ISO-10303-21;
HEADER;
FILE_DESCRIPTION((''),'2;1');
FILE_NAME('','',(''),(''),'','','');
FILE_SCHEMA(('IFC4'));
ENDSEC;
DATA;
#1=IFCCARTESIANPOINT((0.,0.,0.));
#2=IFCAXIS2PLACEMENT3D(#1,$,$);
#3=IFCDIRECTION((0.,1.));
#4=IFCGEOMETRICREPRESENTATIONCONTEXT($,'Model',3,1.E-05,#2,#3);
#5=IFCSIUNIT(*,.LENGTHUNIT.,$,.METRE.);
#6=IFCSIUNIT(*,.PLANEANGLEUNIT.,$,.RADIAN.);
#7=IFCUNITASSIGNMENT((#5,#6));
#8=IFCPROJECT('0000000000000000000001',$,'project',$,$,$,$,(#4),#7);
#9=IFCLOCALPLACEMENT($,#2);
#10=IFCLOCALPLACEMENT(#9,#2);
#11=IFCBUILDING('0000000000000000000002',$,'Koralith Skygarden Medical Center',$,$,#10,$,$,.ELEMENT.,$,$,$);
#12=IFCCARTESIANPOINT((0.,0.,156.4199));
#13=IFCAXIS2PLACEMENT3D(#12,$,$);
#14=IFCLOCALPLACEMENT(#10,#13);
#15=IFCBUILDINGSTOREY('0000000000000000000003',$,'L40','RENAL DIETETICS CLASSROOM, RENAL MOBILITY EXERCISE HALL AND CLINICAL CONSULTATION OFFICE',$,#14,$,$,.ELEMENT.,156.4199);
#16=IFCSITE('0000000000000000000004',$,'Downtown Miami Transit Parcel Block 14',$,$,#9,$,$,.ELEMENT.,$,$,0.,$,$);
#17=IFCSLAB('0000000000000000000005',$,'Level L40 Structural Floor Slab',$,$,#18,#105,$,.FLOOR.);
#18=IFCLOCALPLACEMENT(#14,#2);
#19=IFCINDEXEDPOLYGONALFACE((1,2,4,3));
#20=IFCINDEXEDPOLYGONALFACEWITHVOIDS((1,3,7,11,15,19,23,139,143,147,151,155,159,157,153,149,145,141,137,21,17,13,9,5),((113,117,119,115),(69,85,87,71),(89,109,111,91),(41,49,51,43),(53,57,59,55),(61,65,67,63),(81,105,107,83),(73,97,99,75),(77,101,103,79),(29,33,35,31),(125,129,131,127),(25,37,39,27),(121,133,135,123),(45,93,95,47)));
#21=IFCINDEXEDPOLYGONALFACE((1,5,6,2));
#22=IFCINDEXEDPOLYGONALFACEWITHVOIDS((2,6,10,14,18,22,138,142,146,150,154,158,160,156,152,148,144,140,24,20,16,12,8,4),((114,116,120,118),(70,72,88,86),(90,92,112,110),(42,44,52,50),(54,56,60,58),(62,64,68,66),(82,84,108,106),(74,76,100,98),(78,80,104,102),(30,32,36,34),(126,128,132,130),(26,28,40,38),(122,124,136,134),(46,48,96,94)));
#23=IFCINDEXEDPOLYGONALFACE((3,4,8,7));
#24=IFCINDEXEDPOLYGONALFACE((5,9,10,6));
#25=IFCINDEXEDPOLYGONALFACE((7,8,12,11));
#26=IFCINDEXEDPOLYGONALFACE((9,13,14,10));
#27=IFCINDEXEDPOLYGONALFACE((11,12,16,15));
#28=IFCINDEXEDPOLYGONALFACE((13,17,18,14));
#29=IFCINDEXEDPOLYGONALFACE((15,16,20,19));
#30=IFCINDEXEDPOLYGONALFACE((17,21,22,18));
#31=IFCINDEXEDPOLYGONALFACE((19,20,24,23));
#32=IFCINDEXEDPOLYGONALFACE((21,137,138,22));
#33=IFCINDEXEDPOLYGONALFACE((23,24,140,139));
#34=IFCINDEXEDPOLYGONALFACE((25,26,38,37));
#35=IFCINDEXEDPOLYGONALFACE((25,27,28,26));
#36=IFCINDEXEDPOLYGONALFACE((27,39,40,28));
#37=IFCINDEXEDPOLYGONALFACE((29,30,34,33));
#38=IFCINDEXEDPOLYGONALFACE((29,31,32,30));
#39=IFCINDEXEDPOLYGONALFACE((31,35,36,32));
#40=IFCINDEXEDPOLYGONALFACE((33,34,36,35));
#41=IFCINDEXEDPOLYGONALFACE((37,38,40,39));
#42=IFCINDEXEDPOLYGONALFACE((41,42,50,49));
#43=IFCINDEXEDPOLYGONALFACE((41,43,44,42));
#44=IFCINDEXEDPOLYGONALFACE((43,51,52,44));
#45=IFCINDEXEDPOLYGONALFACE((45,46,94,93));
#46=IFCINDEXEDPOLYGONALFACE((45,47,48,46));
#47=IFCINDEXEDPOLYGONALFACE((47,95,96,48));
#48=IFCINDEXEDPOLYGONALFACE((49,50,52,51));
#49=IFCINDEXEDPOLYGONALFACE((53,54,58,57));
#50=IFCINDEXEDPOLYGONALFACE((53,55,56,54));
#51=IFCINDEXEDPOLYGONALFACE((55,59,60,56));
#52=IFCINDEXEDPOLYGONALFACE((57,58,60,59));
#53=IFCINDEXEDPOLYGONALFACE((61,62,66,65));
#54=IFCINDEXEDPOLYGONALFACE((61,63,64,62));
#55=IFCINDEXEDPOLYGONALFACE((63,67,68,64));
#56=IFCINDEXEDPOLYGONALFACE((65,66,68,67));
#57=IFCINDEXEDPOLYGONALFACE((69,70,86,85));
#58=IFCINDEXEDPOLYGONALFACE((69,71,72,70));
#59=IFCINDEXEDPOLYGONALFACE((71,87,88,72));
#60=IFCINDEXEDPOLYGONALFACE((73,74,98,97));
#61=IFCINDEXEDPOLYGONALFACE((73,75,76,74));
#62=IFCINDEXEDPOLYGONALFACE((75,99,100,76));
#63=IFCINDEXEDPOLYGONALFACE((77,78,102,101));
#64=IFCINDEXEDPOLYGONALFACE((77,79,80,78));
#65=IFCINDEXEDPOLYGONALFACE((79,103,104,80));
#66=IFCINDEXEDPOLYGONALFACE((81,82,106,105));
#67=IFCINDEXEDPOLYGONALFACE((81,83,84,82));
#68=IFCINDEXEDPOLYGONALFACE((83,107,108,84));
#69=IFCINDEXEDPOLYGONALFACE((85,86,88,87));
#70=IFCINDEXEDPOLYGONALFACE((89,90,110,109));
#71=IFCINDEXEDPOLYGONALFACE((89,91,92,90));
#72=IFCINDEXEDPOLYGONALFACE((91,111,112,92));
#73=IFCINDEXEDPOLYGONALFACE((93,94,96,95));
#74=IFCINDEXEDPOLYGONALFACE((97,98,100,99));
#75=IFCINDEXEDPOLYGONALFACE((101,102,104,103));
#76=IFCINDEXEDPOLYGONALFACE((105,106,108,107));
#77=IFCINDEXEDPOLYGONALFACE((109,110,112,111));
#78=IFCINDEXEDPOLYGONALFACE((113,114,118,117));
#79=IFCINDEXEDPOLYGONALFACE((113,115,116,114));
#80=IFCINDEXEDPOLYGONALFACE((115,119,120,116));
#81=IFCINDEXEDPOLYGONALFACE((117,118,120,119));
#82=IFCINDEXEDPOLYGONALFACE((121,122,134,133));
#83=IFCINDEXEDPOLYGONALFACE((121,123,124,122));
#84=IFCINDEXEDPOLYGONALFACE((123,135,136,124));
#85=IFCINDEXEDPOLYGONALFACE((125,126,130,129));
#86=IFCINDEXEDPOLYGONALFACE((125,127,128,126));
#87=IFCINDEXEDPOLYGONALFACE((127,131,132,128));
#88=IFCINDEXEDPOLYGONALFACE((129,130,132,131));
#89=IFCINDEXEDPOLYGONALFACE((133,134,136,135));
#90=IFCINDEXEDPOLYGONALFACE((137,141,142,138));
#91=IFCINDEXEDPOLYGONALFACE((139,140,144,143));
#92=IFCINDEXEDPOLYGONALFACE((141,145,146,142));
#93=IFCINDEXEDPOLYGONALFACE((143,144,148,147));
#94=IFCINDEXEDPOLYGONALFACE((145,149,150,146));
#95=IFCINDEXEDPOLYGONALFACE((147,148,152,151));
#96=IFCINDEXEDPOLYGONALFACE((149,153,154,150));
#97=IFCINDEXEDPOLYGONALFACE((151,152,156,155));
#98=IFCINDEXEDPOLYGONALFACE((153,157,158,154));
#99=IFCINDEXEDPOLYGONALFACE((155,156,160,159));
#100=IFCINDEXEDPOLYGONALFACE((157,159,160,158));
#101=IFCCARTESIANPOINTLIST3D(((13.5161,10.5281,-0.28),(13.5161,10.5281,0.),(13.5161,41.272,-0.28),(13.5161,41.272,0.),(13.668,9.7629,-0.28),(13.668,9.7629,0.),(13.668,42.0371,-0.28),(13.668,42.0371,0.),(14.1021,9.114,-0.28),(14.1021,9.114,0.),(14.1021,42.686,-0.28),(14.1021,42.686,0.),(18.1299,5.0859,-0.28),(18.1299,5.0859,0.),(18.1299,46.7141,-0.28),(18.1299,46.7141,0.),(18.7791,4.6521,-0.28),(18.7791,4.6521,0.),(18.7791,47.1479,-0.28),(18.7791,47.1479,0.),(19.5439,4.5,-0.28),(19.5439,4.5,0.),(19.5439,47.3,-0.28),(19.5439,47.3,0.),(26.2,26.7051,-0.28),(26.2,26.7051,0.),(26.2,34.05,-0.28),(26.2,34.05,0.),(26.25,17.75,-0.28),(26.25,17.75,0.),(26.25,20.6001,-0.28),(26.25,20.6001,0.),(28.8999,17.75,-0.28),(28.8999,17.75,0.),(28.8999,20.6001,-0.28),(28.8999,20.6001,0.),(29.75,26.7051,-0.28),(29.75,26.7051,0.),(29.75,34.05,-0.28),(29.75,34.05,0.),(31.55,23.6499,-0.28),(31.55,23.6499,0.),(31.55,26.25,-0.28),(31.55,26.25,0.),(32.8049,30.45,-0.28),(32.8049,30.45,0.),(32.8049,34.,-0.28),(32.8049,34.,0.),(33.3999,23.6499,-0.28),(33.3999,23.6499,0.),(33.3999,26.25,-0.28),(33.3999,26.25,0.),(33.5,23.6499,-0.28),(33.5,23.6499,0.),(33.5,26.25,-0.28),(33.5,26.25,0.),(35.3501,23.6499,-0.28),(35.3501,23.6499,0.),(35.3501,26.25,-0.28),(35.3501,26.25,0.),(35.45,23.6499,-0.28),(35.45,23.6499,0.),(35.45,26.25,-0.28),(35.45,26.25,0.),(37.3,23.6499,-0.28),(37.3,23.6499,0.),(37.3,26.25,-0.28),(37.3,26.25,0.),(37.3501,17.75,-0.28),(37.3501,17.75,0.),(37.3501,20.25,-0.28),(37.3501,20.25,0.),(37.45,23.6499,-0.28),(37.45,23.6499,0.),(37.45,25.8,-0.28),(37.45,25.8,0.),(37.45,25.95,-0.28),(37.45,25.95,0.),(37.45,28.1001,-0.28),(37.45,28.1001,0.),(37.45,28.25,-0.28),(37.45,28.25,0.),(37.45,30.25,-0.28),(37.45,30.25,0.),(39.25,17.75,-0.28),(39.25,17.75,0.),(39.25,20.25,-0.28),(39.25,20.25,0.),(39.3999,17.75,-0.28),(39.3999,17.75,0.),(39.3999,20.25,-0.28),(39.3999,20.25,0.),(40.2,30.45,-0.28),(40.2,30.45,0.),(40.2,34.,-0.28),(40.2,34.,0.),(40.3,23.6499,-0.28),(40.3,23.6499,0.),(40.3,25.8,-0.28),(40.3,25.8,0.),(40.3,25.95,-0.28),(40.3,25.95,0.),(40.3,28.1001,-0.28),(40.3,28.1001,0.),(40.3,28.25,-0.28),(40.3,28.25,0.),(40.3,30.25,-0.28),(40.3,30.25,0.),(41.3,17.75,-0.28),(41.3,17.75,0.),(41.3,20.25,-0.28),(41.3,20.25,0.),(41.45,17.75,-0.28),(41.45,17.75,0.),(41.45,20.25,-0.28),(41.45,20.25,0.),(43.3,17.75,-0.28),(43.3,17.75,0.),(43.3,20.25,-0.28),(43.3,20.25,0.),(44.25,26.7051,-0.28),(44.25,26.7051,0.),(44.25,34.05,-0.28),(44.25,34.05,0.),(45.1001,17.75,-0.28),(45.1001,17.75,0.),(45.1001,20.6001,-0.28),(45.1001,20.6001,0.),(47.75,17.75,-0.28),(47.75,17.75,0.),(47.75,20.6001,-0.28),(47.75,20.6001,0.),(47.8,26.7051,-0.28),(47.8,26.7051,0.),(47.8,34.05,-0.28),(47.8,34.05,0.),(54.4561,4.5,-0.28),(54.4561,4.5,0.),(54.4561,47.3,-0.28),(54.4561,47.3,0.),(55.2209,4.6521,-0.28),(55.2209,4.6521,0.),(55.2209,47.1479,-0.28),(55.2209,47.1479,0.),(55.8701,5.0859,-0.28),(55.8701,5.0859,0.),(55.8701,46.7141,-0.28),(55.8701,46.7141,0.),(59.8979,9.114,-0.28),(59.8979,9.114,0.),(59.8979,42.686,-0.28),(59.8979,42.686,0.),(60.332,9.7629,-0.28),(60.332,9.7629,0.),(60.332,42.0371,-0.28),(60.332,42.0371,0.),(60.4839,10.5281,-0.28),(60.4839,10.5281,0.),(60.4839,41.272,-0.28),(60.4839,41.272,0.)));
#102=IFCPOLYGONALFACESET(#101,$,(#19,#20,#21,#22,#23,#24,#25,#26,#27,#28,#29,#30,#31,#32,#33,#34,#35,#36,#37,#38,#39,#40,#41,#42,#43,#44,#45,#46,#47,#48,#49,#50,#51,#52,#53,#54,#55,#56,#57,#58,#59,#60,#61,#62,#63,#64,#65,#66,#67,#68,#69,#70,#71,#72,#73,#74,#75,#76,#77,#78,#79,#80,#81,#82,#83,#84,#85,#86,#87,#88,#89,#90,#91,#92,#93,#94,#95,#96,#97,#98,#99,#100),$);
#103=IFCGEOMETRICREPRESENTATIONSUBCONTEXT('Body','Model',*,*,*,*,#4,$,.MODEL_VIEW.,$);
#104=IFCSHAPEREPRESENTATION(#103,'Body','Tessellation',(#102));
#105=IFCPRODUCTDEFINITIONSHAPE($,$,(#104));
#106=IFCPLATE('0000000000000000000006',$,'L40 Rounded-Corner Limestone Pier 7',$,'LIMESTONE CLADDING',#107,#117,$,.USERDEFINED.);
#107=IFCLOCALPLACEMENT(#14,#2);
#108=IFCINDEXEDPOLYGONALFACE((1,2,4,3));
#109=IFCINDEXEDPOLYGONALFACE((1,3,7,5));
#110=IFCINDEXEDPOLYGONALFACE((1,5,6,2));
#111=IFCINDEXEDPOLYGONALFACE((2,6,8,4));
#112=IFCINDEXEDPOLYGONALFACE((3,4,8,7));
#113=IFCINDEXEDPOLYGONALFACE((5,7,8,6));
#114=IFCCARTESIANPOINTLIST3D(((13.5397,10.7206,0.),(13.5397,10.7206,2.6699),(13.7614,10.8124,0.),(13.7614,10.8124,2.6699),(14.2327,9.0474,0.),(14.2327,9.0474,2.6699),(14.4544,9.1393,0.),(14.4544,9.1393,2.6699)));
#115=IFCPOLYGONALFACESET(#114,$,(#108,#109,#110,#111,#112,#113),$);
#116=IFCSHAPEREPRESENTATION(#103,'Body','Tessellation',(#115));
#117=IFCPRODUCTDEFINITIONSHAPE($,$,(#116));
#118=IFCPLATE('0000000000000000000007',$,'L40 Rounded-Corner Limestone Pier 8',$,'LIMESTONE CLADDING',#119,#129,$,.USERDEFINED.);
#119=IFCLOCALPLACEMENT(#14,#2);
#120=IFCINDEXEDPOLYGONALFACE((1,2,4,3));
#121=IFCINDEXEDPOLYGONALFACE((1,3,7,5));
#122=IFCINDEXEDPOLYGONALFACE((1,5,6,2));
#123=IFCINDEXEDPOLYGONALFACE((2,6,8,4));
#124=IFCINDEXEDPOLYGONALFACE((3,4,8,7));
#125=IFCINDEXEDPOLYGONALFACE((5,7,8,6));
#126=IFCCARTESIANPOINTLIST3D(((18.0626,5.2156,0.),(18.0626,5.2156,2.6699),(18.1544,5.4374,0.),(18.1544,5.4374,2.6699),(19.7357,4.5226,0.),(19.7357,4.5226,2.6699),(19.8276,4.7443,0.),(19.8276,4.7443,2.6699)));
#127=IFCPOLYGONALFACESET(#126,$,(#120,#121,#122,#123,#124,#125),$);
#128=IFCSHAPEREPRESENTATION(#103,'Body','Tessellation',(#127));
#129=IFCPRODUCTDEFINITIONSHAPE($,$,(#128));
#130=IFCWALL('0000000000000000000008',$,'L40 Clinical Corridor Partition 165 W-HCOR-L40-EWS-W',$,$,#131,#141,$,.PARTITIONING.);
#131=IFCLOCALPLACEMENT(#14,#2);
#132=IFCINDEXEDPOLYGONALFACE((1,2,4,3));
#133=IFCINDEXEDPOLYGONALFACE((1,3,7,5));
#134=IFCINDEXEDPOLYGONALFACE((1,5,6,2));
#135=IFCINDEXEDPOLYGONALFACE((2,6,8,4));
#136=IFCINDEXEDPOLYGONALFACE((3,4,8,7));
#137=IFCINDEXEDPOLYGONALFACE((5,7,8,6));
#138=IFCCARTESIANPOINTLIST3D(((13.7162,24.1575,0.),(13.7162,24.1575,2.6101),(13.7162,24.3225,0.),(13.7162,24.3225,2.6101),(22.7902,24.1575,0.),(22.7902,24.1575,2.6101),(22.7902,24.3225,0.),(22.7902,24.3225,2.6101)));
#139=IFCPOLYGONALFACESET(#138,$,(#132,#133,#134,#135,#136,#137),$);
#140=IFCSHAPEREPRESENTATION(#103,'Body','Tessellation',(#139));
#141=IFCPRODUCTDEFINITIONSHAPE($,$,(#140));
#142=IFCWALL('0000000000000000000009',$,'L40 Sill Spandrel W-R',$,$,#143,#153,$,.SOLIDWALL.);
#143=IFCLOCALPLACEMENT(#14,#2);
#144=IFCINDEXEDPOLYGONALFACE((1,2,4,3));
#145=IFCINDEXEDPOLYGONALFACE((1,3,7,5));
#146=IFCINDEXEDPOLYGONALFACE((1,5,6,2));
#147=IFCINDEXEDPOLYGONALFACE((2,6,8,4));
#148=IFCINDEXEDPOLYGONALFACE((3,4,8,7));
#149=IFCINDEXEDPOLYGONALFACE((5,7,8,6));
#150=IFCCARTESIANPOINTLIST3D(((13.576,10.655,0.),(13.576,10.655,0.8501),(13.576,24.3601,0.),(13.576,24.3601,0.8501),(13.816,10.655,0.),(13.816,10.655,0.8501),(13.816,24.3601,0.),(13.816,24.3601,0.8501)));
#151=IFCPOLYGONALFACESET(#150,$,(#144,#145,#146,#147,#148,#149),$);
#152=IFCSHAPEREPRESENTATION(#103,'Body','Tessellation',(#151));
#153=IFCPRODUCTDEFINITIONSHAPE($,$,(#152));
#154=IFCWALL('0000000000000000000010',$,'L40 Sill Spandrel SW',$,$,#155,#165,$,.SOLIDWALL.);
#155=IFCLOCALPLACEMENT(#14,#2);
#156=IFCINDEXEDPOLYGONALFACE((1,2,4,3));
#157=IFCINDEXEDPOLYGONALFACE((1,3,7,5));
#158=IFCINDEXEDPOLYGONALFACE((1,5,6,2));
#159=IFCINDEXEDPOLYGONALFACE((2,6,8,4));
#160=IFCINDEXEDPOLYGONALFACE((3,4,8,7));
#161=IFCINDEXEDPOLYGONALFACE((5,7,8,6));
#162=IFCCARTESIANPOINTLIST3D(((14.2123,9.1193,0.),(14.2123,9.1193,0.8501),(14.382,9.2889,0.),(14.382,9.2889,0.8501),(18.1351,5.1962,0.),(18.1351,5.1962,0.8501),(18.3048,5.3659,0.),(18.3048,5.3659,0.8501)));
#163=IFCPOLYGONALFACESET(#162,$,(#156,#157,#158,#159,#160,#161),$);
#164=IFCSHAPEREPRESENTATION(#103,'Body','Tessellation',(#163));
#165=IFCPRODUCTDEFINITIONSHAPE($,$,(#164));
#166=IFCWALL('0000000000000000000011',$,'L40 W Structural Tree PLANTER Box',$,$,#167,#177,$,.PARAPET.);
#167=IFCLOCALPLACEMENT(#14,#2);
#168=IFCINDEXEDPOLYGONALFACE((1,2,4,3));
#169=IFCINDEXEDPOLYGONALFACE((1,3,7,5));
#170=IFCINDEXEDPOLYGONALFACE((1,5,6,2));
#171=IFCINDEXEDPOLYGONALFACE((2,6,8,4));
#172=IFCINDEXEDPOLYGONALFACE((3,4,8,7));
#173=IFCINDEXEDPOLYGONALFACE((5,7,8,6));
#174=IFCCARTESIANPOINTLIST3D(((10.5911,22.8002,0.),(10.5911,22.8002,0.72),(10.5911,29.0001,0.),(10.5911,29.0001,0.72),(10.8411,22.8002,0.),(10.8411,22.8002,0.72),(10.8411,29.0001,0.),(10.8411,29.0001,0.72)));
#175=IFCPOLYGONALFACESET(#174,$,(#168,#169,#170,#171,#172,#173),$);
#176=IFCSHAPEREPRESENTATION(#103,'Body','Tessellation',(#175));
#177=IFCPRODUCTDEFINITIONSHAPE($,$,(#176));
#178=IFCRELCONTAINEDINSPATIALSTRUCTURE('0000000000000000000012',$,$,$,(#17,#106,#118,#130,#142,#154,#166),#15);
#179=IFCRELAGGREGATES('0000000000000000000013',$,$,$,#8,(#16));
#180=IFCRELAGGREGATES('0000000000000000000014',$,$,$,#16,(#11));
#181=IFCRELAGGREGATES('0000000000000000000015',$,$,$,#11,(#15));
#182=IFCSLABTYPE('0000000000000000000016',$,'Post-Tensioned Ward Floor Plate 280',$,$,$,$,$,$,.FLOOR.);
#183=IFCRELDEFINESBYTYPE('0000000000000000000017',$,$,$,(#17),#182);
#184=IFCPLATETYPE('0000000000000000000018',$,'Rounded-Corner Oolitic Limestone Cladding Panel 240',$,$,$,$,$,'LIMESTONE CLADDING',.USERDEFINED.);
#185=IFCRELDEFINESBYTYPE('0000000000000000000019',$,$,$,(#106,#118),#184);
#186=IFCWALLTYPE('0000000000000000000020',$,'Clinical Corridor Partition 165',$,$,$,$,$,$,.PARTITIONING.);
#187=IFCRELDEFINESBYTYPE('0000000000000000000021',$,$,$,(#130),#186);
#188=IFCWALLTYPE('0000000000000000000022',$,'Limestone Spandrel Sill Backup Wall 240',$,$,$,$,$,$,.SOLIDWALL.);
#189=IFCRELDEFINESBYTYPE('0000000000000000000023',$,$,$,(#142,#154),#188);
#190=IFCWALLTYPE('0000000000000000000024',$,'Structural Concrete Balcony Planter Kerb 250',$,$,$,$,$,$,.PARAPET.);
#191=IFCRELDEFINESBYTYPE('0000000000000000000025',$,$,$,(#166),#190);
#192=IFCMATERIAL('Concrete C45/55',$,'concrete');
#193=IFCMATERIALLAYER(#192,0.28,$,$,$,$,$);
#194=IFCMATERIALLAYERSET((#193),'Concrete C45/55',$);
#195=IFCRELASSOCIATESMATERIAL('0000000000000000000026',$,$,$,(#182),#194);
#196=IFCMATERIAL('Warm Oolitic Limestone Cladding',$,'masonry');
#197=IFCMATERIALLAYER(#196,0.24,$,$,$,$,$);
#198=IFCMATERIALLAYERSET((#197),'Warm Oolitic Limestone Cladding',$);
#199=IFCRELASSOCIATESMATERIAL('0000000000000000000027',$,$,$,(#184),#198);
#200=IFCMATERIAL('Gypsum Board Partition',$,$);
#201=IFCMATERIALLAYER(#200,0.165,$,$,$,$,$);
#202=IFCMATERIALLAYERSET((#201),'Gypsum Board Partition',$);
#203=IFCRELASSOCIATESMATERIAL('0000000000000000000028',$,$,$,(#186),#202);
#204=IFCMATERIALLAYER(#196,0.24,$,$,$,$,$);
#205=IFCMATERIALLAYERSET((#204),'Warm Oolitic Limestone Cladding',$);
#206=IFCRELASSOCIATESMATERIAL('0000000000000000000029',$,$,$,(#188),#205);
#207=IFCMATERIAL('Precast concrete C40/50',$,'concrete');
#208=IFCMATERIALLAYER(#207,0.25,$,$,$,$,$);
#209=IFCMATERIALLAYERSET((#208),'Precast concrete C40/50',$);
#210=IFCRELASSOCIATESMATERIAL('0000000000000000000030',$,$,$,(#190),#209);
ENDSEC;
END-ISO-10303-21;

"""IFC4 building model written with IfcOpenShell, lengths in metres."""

from ifc_helpers import new_model, si_unit, direction, frame, frame_2d, origin, origin_2d, place, context, subcontext, project, spatial, polyline, rectangle, outline, extrude, material, layer, layer_set, type_object, element, save


model = new_model("IFC4")

# Units and contexts
model_context = context("Model", 3, precision=1e-05, world=origin(), true_north=direction((0.0, 1.0)))
body_context = subcontext(model_context, "Body", "Model", "MODEL_VIEW")
ifc_project = project(units=[si_unit("LENGTHUNIT", "METRE"), si_unit("PLANEANGLEUNIT", "RADIAN")], contexts=[model_context])

# Site, building, storey
site_placement = place(None, origin())
site = spatial("IfcSite", under=ifc_project, at=site_placement, Name="Downtown Miami Transit Parcel Block 14", CompositionType="ELEMENT", RefElevation=0.0)
building_placement = place(site_placement, origin())
building = spatial("IfcBuilding", under=site, at=building_placement, Name="Koralith Skygarden Medical Center", CompositionType="ELEMENT")
storey_placement = place(building_placement, frame((0.0, 0.0, 156.4199)))
storey = spatial("IfcBuildingStorey", under=building, at=storey_placement, Name="L40", Description="RENAL DIETETICS CLASSROOM, RENAL MOBILITY EXERCISE HALL AND CLINICAL CONSULTATION OFFICE", CompositionType="ELEMENT", Elevation=156.4199)

# Shared definitions
ifc_material_1 = material(Name="Concrete C45/55", Category="concrete")

# Slab
ifc_layer_1 = layer(ifc_material_1, 0.28)
ifc_layer_set_1 = layer_set([ifc_layer_1], Name="Concrete C45/55")
slab_type_1 = type_object("IfcSlabType", Name="Post-Tensioned Ward Floor Plate 280", PredefinedType="FLOOR", material=ifc_layer_set_1)
slab_1_placement = place(storey_placement, frame((0.0, 0.0, -0.28)))
element("IfcSlab", 1, at=slab_1_placement, inside=storey, type_object=slab_type_1, Name="Level L40 Structural Floor Slab", PredefinedType="FLOOR", context=body_context, shape_type="SweptSolid", body=[
    extrude(outline(polyline([(18.1299, 5.0859), (18.7791, 4.6521), (19.5439, 4.5), (54.4561, 4.5), (55.2209, 4.6521), (55.8701, 5.0859), (59.8979, 9.114), (60.332, 9.7629), (60.4839, 10.5281), (60.4839, 41.272), (60.332, 42.0371), (59.8979, 42.686), (55.8701, 46.7141), (55.2209, 47.1479), (54.4561, 47.3), (19.5439, 47.3), (18.7791, 47.1479), (18.1299, 46.7141), (14.1021, 42.686), (13.668, 42.0371), (13.5161, 41.272), (13.5161, 10.5281), (13.668, 9.7629), (14.1021, 9.114), (18.1299, 5.0859)]), holes=[polyline([(26.2, 26.7051), (29.75, 26.7051), (29.75, 34.05), (26.2, 34.05), (26.2, 26.7051)]), polyline([(44.25, 26.7051), (47.8, 26.7051), (47.8, 34.05), (44.25, 34.05), (44.25, 26.7051)]), polyline([(32.8049, 30.45), (40.2, 30.45), (40.2, 34.0), (32.8049, 34.0), (32.8049, 30.45)]), polyline([(26.25, 17.75), (28.8999, 17.75), (28.8999, 20.6001), (26.25, 20.6001), (26.25, 17.75)]), polyline([(45.1001, 17.75), (47.75, 17.75), (47.75, 20.6001), (45.1001, 20.6001), (45.1001, 17.75)]), polyline([(37.3501, 17.75), (39.25, 17.75), (39.25, 20.25), (37.3501, 20.25), (37.3501, 17.75)]), polyline([(39.3999, 17.75), (41.3, 17.75), (41.3, 20.25), (39.3999, 20.25), (39.3999, 17.75)]), polyline([(41.45, 17.75), (43.3, 17.75), (43.3, 20.25), (41.45, 20.25), (41.45, 17.75)]), polyline([(31.55, 23.6499), (33.3999, 23.6499), (33.3999, 26.25), (31.55, 26.25), (31.55, 23.6499)]), polyline([(33.5, 23.6499), (35.3501, 23.6499), (35.3501, 26.25), (33.5, 26.25), (33.5, 23.6499)]), polyline([(35.45, 23.6499), (37.3, 23.6499), (37.3, 26.25), (35.45, 26.25), (35.45, 23.6499)]), polyline([(37.45, 23.6499), (40.3, 23.6499), (40.3, 25.8), (37.45, 25.8), (37.45, 23.6499)]), polyline([(37.45, 25.95), (40.3, 25.95), (40.3, 28.1001), (37.45, 28.1001), (37.45, 25.95)]), polyline([(37.45, 28.25), (40.3, 28.25), (40.3, 30.25), (37.45, 30.25), (37.45, 28.25)])]), origin(), (0.0, 0.0, 1.0), 0.28),
])

# Plates
ifc_material_2 = material(Name="Warm Oolitic Limestone Cladding", Category="masonry")
ifc_layer_2 = layer(ifc_material_2, 0.24)
ifc_layer_set_2 = layer_set([ifc_layer_2], Name="Warm Oolitic Limestone Cladding")
plate_type_1 = type_object("IfcPlateType", Name="Rounded-Corner Oolitic Limestone Cladding Panel 240", ElementType="LIMESTONE CLADDING", PredefinedType="USERDEFINED", material=ifc_layer_set_2)
for number, where, z_axis, x_axis, name in (
    (2, (13.9971, 9.9299, 0.0), (0.0, 0.0, 1.0), (0.382671, -0.923885, 0.0), "L40 Rounded-Corner Limestone Pier 7"),
    (3, (18.9451, 4.98, 0.0), (0.0, 0.0, 1.0), (0.923885, -0.382671, 0.0), "L40 Rounded-Corner Limestone Pier 8"),
):
    element("IfcPlate", number, at=place(storey_placement, frame(where, z_axis=z_axis, x_axis=x_axis)), inside=storey, type_object=plate_type_1, Name=name, ObjectType="LIMESTONE CLADDING", PredefinedType="USERDEFINED", context=body_context, shape_type="SweptSolid", body=[
        extrude(rectangle(XDim=1.811, YDim=0.24, at=origin_2d()), origin(), (0.0, 0.0, 1.0), 2.6699),
    ])

# Walls
ifc_material_3 = material(Name="Gypsum Board Partition")
ifc_layer_3 = layer(ifc_material_3, 0.165)
ifc_layer_set_3 = layer_set([ifc_layer_3], Name="Gypsum Board Partition")
wall_type_1 = type_object("IfcWallType", Name="Clinical Corridor Partition 165", PredefinedType="PARTITIONING", material=ifc_layer_set_3)
wall_1_placement = place(storey_placement, frame((13.7161, 24.24, 0.0), z_axis=(0.0, 0.0, 1.0), x_axis=(1.0, 0.0, 0.0)))
element("IfcWall", 4, at=wall_1_placement, inside=storey, type_object=wall_type_1, Name="L40 Clinical Corridor Partition 165 W-HCOR-L40-EWS-W", PredefinedType="PARTITIONING", context=body_context, shape_type="SweptSolid", body=[
    extrude(rectangle(XDim=9.074, YDim=0.165, at=frame_2d((4.5371, 0.0))), origin(), (0.0, 0.0, 1.0), 2.6101),
])
ifc_layer_4 = layer(ifc_material_2, 0.24)
ifc_layer_set_4 = layer_set([ifc_layer_4], Name="Warm Oolitic Limestone Cladding")
wall_type_2 = type_object("IfcWallType", Name="Limestone Spandrel Sill Backup Wall 240", PredefinedType="SOLIDWALL", material=ifc_layer_set_4)
wall_2_placement = place(storey_placement, frame((13.696, 24.3601, 0.0), z_axis=(0.0, 0.0, 1.0), x_axis=(0.0, -1.0, 0.0)))
element("IfcWall", 5, at=wall_2_placement, inside=storey, type_object=wall_type_2, Name="L40 Sill Spandrel W-R", PredefinedType="SOLIDWALL", context=body_context, shape_type="SweptSolid", body=[
    extrude(rectangle(XDim=13.7051, YDim=0.24, at=frame_2d((6.8525, 0.0))), origin(), (0.0, 0.0, 1.0), 0.8501),
])
wall_3_placement = place(storey_placement, frame((14.2971, 9.2041, 0.0), z_axis=(0.0, 0.0, 1.0), x_axis=(0.707085, -0.707129, 0.0)))
element("IfcWall", 6, at=wall_3_placement, inside=storey, type_object=wall_type_2, Name="L40 Sill Spandrel SW", PredefinedType="SOLIDWALL", context=body_context, shape_type="SweptSolid", body=[
    extrude(rectangle(XDim=5.5479, YDim=0.24, at=frame_2d((2.7739, 0.0))), origin(), (0.0, 0.0, 1.0), 0.8501),
])
ifc_material_4 = material(Name="Precast concrete C40/50", Category="concrete")
ifc_layer_5 = layer(ifc_material_4, 0.25)
ifc_layer_set_5 = layer_set([ifc_layer_5], Name="Precast concrete C40/50")
wall_type_3 = type_object("IfcWallType", Name="Structural Concrete Balcony Planter Kerb 250", PredefinedType="PARAPET", material=ifc_layer_set_5)
wall_4_placement = place(storey_placement, frame((10.7161, 22.8, 0.0), z_axis=(0.0, 0.0, 1.0), x_axis=(0.0, 1.0, 0.0)))
element("IfcWall", 7, at=wall_4_placement, inside=storey, type_object=wall_type_3, Name="L40 W Structural Tree PLANTER Box", PredefinedType="PARAPET", context=body_context, shape_type="SweptSolid", body=[
    extrude(rectangle(XDim=6.2, YDim=0.25, at=frame_2d((3.1001, 0.0))), origin(), (0.0, 0.0, 1.0), 0.72),
])

save(model, "model.ifc")
